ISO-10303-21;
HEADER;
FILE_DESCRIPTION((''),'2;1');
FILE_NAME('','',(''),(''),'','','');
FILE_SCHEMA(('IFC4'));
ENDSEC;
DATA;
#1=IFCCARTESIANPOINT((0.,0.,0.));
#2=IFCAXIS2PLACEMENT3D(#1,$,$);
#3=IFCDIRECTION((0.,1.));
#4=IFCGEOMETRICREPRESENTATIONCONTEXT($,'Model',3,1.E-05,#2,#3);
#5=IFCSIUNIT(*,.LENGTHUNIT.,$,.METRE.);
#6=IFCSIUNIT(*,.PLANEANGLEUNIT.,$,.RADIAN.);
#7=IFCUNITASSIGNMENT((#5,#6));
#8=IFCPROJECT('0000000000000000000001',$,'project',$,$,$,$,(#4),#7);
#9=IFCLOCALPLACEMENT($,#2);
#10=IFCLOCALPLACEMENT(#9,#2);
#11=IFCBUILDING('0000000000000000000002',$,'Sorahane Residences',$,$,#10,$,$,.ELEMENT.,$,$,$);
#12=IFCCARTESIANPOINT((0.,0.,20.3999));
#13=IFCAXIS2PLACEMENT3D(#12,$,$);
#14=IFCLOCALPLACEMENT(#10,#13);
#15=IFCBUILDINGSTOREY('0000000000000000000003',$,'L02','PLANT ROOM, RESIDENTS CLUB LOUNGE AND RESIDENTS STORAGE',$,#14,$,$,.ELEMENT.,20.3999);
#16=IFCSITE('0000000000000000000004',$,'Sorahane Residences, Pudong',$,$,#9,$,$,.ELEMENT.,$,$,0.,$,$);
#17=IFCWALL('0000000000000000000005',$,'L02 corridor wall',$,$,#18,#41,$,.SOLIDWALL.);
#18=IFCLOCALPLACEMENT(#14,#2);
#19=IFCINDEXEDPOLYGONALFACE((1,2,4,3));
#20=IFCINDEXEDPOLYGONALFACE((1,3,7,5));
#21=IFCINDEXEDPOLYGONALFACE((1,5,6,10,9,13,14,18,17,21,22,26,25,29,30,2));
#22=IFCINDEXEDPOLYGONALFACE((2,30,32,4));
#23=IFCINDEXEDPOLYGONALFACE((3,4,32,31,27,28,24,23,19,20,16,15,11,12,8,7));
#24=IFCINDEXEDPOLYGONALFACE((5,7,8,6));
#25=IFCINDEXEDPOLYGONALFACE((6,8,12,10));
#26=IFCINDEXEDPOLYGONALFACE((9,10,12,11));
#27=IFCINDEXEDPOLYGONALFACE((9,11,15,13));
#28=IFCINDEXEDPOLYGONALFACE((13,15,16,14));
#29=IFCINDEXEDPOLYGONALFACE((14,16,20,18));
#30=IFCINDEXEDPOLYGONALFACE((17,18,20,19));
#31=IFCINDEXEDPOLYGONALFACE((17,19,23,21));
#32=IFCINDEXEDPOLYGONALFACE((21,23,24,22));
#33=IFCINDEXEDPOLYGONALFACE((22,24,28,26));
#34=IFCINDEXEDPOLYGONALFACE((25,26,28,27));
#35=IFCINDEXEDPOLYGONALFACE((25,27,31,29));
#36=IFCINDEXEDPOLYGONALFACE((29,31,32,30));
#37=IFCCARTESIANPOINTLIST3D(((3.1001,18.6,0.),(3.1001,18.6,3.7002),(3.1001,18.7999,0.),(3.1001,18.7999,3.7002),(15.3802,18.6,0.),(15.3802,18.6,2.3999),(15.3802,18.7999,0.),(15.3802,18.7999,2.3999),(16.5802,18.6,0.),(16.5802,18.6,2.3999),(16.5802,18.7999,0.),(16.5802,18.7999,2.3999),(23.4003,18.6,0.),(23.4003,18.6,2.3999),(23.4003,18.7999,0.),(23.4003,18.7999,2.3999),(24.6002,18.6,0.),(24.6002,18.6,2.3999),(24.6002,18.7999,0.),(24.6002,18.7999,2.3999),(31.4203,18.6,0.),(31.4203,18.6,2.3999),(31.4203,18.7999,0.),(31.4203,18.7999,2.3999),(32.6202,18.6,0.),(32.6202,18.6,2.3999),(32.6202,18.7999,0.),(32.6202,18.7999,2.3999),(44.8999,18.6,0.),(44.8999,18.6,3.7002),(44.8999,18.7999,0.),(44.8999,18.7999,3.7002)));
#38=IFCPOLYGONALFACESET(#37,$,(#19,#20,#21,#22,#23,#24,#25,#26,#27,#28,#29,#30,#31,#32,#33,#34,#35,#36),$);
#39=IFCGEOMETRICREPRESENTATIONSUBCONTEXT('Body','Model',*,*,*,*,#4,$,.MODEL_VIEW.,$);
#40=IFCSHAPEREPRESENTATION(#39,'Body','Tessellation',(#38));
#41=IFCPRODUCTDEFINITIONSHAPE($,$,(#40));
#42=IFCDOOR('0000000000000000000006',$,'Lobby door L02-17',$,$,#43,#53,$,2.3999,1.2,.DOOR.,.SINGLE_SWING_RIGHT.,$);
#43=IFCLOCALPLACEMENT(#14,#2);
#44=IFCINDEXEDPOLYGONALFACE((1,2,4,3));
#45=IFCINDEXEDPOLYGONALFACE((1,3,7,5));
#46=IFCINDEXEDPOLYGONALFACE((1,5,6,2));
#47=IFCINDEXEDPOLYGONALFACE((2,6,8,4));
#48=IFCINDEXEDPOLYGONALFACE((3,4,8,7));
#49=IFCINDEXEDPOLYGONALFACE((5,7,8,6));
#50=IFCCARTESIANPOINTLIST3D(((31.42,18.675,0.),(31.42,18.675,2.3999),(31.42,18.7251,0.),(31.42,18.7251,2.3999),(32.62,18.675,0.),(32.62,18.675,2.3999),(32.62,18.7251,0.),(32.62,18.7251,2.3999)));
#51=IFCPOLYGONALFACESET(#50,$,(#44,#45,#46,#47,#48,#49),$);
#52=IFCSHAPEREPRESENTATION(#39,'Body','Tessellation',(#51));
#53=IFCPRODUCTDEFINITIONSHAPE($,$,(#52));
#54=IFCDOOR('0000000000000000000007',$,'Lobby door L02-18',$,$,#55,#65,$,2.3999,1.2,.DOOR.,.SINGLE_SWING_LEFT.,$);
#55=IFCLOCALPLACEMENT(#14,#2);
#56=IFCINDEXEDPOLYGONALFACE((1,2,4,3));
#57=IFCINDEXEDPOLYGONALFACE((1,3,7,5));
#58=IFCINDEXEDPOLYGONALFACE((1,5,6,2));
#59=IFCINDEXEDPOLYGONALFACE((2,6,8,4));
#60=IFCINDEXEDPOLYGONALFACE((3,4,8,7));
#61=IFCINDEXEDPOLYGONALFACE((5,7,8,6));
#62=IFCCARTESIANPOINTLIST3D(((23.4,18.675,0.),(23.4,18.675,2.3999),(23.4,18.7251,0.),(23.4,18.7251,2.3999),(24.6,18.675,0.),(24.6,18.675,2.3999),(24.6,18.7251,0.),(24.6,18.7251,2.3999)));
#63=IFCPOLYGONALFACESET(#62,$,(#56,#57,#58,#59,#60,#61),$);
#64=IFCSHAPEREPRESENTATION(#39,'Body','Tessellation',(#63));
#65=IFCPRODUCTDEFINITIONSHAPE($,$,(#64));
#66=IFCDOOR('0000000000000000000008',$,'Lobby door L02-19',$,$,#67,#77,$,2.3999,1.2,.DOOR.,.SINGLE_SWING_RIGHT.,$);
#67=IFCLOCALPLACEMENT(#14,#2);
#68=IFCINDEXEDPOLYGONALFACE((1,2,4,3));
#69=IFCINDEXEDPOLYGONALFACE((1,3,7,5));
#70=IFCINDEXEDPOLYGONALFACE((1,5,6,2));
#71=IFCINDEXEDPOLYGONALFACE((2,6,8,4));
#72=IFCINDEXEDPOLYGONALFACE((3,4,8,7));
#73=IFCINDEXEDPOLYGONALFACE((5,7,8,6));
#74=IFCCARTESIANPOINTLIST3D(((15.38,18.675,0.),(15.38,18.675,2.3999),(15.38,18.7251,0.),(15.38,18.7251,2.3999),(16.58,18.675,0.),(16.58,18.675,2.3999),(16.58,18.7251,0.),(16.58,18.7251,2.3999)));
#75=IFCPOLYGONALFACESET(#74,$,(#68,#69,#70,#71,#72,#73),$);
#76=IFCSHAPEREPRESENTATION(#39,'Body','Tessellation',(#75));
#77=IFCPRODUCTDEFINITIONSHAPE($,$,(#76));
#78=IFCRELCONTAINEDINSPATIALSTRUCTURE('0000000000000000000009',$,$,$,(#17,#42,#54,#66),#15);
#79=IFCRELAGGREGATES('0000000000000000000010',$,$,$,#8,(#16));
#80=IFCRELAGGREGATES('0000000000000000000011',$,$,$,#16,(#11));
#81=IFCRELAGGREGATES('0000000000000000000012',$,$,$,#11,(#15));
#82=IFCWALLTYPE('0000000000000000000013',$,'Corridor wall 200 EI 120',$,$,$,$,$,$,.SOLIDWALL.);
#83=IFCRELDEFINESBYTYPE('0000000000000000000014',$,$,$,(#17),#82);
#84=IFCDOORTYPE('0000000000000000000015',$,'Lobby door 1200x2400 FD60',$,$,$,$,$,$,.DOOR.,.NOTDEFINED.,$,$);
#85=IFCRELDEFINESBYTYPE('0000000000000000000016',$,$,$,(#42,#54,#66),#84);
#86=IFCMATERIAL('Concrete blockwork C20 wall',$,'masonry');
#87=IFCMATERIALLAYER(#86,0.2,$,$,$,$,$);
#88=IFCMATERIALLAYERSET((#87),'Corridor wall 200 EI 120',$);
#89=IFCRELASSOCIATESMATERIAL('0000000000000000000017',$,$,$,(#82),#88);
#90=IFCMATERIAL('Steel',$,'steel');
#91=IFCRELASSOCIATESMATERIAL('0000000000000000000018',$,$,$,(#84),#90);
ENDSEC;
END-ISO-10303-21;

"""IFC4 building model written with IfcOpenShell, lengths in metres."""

from ifc_helpers import new_model, si_unit, direction, frame, frame_2d, origin, place, context, subcontext, project, spatial, rectangle, extrude, material, layer, layer_set, type_object, element, fill, save


model = new_model("IFC4")

# Units and contexts
model_context = context("Model", 3, precision=1e-05, world=origin(), true_north=direction((0.0, 1.0)))
body_context = subcontext(model_context, "Body", "Model", "MODEL_VIEW")
ifc_project = project(units=[si_unit("LENGTHUNIT", "METRE"), si_unit("PLANEANGLEUNIT", "RADIAN")], contexts=[model_context])

# Site, building, storey
site_placement = place(None, origin())
site = spatial("IfcSite", under=ifc_project, at=site_placement, Name="Sorahane Residences, Pudong", CompositionType="ELEMENT", RefElevation=0.0)
building_placement = place(site_placement, origin())
building = spatial("IfcBuilding", under=site, at=building_placement, Name="Sorahane Residences", CompositionType="ELEMENT")
storey_placement = place(building_placement, frame((0.0, 0.0, 20.3999)))
storey = spatial("IfcBuildingStorey", under=building, at=storey_placement, Name="L02", Description="PLANT ROOM, RESIDENTS CLUB LOUNGE AND RESIDENTS STORAGE", CompositionType="ELEMENT", Elevation=20.3999)

# Shared definitions
ifc_material_1 = material(Name="Concrete blockwork C20 wall", Category="masonry")
ifc_layer_1 = layer(ifc_material_1, 0.2)
ifc_layer_set_1 = layer_set([ifc_layer_1], Name="Corridor wall 200 EI 120")
wall_type_1 = type_object("IfcWallType", Name="Corridor wall 200 EI 120", PredefinedType="SOLIDWALL", material=ifc_layer_set_1)

# Wall, openings, doors
wall_1_placement = place(storey_placement, frame((3.1001, 18.7, 0.0), z_axis=(0.0, 0.0, 1.0), x_axis=(1.0, 0.0, 0.0)))
wall_1 = element("IfcWall", 1, at=wall_1_placement, inside=storey, type_object=wall_type_1, Name="L02 corridor wall", PredefinedType="SOLIDWALL", context=body_context, shape_type="SweptSolid", body=[
    extrude(rectangle(XDim=41.7998, YDim=0.2, at=frame_2d((20.8999, 0.0))), origin(), (0.0, 0.0, 1.0), 3.7002),
])
opening_1_placement = place(wall_1_placement, frame((28.3201, 0.0, 0.0)))
opening_1 = element("IfcOpeningElement", 2, at=opening_1_placement, cuts=wall_1, PredefinedType="OPENING", context=body_context, shape_type="SweptSolid", body=[
    extrude(rectangle(XDim=1.2, YDim=2.3999, at=frame_2d((0.6001, 1.2))), frame((0.0, 0.1099, 0.0), z_axis=(0.0, -1.0, 0.0), x_axis=(1.0, 0.0, 0.0)), (0.0, 0.0, 1.0), 0.22),
])
opening_2_placement = place(wall_1_placement, frame((20.3, 0.0, 0.0)))
opening_2 = element("IfcOpeningElement", 3, at=opening_2_placement, cuts=wall_1, PredefinedType="OPENING", context=body_context, shape_type="SweptSolid", body=[
    extrude(rectangle(XDim=1.2, YDim=2.3999, at=frame_2d((0.6001, 1.2))), frame((0.0, 0.1099, 0.0), z_axis=(0.0, -1.0, 0.0), x_axis=(1.0, 0.0, 0.0)), (0.0, 0.0, 1.0), 0.22),
])
opening_3_placement = place(wall_1_placement, frame((12.28, 0.0, 0.0)))
opening_3 = element("IfcOpeningElement", 4, at=opening_3_placement, cuts=wall_1, PredefinedType="OPENING", context=body_context, shape_type="SweptSolid", body=[
    extrude(rectangle(XDim=1.2, YDim=2.3999, at=frame_2d((0.6001, 1.2))), frame((0.0, 0.1099, 0.0), z_axis=(0.0, -1.0, 0.0), x_axis=(1.0, 0.0, 0.0)), (0.0, 0.0, 1.0), 0.22),
])
ifc_material_2 = material(Name="Steel", Category="steel")
door_type_1 = type_object("IfcDoorType", Name="Lobby door 1200x2400 FD60", OperationType="NOTDEFINED", PredefinedType="DOOR", material=ifc_material_2)
door_1_placement = place(opening_1_placement, frame((1.2, 0.0, 0.0), z_axis=(0.0, 0.0, 1.0), x_axis=(-1.0, 0.0, 0.0)))
door_1 = element("IfcDoor", 5, at=door_1_placement, inside=storey, type_object=door_type_1, Name="Lobby door L02-17", OperationType="SINGLE_SWING_RIGHT", OverallHeight=2.3999, OverallWidth=1.2, PredefinedType="DOOR", context=body_context, shape_type="SweptSolid", body=[
    extrude(rectangle(XDim=1.2, YDim=2.3999, at=frame_2d((0.6001, 1.2))), frame((0.0, 0.0249, 0.0), z_axis=(0.0, -1.0, 0.0), x_axis=(1.0, 0.0, 0.0)), (0.0, 0.0, 1.0), 0.05),
])
fill(opening_1, door_1)
door_2_placement = place(opening_2_placement, frame((1.2, 0.0, 0.0), z_axis=(0.0, 0.0, 1.0), x_axis=(-1.0, 0.0, 0.0)))
door_2 = element("IfcDoor", 6, at=door_2_placement, inside=storey, type_object=door_type_1, Name="Lobby door L02-18", OperationType="SINGLE_SWING_LEFT", OverallHeight=2.3999, OverallWidth=1.2, PredefinedType="DOOR", context=body_context, shape_type="SweptSolid", body=[
    extrude(rectangle(XDim=1.2, YDim=2.3999, at=frame_2d((0.6001, 1.2))), frame((0.0, 0.0249, 0.0), z_axis=(0.0, -1.0, 0.0), x_axis=(1.0, 0.0, 0.0)), (0.0, 0.0, 1.0), 0.05),
])
fill(opening_2, door_2)
door_3_placement = place(opening_3_placement, frame((1.2, 0.0, 0.0), z_axis=(0.0, 0.0, 1.0), x_axis=(-1.0, 0.0, 0.0)))
door_3 = element("IfcDoor", 7, at=door_3_placement, inside=storey, type_object=door_type_1, Name="Lobby door L02-19", OperationType="SINGLE_SWING_RIGHT", OverallHeight=2.3999, OverallWidth=1.2, PredefinedType="DOOR", context=body_context, shape_type="SweptSolid", body=[
    extrude(rectangle(XDim=1.2, YDim=2.3999, at=frame_2d((0.6001, 1.2))), frame((0.0, 0.0249, 0.0), z_axis=(0.0, -1.0, 0.0), x_axis=(1.0, 0.0, 0.0)), (0.0, 0.0, 1.0), 0.05),
])
fill(opening_3, door_3)

save(model, "model.ifc")
